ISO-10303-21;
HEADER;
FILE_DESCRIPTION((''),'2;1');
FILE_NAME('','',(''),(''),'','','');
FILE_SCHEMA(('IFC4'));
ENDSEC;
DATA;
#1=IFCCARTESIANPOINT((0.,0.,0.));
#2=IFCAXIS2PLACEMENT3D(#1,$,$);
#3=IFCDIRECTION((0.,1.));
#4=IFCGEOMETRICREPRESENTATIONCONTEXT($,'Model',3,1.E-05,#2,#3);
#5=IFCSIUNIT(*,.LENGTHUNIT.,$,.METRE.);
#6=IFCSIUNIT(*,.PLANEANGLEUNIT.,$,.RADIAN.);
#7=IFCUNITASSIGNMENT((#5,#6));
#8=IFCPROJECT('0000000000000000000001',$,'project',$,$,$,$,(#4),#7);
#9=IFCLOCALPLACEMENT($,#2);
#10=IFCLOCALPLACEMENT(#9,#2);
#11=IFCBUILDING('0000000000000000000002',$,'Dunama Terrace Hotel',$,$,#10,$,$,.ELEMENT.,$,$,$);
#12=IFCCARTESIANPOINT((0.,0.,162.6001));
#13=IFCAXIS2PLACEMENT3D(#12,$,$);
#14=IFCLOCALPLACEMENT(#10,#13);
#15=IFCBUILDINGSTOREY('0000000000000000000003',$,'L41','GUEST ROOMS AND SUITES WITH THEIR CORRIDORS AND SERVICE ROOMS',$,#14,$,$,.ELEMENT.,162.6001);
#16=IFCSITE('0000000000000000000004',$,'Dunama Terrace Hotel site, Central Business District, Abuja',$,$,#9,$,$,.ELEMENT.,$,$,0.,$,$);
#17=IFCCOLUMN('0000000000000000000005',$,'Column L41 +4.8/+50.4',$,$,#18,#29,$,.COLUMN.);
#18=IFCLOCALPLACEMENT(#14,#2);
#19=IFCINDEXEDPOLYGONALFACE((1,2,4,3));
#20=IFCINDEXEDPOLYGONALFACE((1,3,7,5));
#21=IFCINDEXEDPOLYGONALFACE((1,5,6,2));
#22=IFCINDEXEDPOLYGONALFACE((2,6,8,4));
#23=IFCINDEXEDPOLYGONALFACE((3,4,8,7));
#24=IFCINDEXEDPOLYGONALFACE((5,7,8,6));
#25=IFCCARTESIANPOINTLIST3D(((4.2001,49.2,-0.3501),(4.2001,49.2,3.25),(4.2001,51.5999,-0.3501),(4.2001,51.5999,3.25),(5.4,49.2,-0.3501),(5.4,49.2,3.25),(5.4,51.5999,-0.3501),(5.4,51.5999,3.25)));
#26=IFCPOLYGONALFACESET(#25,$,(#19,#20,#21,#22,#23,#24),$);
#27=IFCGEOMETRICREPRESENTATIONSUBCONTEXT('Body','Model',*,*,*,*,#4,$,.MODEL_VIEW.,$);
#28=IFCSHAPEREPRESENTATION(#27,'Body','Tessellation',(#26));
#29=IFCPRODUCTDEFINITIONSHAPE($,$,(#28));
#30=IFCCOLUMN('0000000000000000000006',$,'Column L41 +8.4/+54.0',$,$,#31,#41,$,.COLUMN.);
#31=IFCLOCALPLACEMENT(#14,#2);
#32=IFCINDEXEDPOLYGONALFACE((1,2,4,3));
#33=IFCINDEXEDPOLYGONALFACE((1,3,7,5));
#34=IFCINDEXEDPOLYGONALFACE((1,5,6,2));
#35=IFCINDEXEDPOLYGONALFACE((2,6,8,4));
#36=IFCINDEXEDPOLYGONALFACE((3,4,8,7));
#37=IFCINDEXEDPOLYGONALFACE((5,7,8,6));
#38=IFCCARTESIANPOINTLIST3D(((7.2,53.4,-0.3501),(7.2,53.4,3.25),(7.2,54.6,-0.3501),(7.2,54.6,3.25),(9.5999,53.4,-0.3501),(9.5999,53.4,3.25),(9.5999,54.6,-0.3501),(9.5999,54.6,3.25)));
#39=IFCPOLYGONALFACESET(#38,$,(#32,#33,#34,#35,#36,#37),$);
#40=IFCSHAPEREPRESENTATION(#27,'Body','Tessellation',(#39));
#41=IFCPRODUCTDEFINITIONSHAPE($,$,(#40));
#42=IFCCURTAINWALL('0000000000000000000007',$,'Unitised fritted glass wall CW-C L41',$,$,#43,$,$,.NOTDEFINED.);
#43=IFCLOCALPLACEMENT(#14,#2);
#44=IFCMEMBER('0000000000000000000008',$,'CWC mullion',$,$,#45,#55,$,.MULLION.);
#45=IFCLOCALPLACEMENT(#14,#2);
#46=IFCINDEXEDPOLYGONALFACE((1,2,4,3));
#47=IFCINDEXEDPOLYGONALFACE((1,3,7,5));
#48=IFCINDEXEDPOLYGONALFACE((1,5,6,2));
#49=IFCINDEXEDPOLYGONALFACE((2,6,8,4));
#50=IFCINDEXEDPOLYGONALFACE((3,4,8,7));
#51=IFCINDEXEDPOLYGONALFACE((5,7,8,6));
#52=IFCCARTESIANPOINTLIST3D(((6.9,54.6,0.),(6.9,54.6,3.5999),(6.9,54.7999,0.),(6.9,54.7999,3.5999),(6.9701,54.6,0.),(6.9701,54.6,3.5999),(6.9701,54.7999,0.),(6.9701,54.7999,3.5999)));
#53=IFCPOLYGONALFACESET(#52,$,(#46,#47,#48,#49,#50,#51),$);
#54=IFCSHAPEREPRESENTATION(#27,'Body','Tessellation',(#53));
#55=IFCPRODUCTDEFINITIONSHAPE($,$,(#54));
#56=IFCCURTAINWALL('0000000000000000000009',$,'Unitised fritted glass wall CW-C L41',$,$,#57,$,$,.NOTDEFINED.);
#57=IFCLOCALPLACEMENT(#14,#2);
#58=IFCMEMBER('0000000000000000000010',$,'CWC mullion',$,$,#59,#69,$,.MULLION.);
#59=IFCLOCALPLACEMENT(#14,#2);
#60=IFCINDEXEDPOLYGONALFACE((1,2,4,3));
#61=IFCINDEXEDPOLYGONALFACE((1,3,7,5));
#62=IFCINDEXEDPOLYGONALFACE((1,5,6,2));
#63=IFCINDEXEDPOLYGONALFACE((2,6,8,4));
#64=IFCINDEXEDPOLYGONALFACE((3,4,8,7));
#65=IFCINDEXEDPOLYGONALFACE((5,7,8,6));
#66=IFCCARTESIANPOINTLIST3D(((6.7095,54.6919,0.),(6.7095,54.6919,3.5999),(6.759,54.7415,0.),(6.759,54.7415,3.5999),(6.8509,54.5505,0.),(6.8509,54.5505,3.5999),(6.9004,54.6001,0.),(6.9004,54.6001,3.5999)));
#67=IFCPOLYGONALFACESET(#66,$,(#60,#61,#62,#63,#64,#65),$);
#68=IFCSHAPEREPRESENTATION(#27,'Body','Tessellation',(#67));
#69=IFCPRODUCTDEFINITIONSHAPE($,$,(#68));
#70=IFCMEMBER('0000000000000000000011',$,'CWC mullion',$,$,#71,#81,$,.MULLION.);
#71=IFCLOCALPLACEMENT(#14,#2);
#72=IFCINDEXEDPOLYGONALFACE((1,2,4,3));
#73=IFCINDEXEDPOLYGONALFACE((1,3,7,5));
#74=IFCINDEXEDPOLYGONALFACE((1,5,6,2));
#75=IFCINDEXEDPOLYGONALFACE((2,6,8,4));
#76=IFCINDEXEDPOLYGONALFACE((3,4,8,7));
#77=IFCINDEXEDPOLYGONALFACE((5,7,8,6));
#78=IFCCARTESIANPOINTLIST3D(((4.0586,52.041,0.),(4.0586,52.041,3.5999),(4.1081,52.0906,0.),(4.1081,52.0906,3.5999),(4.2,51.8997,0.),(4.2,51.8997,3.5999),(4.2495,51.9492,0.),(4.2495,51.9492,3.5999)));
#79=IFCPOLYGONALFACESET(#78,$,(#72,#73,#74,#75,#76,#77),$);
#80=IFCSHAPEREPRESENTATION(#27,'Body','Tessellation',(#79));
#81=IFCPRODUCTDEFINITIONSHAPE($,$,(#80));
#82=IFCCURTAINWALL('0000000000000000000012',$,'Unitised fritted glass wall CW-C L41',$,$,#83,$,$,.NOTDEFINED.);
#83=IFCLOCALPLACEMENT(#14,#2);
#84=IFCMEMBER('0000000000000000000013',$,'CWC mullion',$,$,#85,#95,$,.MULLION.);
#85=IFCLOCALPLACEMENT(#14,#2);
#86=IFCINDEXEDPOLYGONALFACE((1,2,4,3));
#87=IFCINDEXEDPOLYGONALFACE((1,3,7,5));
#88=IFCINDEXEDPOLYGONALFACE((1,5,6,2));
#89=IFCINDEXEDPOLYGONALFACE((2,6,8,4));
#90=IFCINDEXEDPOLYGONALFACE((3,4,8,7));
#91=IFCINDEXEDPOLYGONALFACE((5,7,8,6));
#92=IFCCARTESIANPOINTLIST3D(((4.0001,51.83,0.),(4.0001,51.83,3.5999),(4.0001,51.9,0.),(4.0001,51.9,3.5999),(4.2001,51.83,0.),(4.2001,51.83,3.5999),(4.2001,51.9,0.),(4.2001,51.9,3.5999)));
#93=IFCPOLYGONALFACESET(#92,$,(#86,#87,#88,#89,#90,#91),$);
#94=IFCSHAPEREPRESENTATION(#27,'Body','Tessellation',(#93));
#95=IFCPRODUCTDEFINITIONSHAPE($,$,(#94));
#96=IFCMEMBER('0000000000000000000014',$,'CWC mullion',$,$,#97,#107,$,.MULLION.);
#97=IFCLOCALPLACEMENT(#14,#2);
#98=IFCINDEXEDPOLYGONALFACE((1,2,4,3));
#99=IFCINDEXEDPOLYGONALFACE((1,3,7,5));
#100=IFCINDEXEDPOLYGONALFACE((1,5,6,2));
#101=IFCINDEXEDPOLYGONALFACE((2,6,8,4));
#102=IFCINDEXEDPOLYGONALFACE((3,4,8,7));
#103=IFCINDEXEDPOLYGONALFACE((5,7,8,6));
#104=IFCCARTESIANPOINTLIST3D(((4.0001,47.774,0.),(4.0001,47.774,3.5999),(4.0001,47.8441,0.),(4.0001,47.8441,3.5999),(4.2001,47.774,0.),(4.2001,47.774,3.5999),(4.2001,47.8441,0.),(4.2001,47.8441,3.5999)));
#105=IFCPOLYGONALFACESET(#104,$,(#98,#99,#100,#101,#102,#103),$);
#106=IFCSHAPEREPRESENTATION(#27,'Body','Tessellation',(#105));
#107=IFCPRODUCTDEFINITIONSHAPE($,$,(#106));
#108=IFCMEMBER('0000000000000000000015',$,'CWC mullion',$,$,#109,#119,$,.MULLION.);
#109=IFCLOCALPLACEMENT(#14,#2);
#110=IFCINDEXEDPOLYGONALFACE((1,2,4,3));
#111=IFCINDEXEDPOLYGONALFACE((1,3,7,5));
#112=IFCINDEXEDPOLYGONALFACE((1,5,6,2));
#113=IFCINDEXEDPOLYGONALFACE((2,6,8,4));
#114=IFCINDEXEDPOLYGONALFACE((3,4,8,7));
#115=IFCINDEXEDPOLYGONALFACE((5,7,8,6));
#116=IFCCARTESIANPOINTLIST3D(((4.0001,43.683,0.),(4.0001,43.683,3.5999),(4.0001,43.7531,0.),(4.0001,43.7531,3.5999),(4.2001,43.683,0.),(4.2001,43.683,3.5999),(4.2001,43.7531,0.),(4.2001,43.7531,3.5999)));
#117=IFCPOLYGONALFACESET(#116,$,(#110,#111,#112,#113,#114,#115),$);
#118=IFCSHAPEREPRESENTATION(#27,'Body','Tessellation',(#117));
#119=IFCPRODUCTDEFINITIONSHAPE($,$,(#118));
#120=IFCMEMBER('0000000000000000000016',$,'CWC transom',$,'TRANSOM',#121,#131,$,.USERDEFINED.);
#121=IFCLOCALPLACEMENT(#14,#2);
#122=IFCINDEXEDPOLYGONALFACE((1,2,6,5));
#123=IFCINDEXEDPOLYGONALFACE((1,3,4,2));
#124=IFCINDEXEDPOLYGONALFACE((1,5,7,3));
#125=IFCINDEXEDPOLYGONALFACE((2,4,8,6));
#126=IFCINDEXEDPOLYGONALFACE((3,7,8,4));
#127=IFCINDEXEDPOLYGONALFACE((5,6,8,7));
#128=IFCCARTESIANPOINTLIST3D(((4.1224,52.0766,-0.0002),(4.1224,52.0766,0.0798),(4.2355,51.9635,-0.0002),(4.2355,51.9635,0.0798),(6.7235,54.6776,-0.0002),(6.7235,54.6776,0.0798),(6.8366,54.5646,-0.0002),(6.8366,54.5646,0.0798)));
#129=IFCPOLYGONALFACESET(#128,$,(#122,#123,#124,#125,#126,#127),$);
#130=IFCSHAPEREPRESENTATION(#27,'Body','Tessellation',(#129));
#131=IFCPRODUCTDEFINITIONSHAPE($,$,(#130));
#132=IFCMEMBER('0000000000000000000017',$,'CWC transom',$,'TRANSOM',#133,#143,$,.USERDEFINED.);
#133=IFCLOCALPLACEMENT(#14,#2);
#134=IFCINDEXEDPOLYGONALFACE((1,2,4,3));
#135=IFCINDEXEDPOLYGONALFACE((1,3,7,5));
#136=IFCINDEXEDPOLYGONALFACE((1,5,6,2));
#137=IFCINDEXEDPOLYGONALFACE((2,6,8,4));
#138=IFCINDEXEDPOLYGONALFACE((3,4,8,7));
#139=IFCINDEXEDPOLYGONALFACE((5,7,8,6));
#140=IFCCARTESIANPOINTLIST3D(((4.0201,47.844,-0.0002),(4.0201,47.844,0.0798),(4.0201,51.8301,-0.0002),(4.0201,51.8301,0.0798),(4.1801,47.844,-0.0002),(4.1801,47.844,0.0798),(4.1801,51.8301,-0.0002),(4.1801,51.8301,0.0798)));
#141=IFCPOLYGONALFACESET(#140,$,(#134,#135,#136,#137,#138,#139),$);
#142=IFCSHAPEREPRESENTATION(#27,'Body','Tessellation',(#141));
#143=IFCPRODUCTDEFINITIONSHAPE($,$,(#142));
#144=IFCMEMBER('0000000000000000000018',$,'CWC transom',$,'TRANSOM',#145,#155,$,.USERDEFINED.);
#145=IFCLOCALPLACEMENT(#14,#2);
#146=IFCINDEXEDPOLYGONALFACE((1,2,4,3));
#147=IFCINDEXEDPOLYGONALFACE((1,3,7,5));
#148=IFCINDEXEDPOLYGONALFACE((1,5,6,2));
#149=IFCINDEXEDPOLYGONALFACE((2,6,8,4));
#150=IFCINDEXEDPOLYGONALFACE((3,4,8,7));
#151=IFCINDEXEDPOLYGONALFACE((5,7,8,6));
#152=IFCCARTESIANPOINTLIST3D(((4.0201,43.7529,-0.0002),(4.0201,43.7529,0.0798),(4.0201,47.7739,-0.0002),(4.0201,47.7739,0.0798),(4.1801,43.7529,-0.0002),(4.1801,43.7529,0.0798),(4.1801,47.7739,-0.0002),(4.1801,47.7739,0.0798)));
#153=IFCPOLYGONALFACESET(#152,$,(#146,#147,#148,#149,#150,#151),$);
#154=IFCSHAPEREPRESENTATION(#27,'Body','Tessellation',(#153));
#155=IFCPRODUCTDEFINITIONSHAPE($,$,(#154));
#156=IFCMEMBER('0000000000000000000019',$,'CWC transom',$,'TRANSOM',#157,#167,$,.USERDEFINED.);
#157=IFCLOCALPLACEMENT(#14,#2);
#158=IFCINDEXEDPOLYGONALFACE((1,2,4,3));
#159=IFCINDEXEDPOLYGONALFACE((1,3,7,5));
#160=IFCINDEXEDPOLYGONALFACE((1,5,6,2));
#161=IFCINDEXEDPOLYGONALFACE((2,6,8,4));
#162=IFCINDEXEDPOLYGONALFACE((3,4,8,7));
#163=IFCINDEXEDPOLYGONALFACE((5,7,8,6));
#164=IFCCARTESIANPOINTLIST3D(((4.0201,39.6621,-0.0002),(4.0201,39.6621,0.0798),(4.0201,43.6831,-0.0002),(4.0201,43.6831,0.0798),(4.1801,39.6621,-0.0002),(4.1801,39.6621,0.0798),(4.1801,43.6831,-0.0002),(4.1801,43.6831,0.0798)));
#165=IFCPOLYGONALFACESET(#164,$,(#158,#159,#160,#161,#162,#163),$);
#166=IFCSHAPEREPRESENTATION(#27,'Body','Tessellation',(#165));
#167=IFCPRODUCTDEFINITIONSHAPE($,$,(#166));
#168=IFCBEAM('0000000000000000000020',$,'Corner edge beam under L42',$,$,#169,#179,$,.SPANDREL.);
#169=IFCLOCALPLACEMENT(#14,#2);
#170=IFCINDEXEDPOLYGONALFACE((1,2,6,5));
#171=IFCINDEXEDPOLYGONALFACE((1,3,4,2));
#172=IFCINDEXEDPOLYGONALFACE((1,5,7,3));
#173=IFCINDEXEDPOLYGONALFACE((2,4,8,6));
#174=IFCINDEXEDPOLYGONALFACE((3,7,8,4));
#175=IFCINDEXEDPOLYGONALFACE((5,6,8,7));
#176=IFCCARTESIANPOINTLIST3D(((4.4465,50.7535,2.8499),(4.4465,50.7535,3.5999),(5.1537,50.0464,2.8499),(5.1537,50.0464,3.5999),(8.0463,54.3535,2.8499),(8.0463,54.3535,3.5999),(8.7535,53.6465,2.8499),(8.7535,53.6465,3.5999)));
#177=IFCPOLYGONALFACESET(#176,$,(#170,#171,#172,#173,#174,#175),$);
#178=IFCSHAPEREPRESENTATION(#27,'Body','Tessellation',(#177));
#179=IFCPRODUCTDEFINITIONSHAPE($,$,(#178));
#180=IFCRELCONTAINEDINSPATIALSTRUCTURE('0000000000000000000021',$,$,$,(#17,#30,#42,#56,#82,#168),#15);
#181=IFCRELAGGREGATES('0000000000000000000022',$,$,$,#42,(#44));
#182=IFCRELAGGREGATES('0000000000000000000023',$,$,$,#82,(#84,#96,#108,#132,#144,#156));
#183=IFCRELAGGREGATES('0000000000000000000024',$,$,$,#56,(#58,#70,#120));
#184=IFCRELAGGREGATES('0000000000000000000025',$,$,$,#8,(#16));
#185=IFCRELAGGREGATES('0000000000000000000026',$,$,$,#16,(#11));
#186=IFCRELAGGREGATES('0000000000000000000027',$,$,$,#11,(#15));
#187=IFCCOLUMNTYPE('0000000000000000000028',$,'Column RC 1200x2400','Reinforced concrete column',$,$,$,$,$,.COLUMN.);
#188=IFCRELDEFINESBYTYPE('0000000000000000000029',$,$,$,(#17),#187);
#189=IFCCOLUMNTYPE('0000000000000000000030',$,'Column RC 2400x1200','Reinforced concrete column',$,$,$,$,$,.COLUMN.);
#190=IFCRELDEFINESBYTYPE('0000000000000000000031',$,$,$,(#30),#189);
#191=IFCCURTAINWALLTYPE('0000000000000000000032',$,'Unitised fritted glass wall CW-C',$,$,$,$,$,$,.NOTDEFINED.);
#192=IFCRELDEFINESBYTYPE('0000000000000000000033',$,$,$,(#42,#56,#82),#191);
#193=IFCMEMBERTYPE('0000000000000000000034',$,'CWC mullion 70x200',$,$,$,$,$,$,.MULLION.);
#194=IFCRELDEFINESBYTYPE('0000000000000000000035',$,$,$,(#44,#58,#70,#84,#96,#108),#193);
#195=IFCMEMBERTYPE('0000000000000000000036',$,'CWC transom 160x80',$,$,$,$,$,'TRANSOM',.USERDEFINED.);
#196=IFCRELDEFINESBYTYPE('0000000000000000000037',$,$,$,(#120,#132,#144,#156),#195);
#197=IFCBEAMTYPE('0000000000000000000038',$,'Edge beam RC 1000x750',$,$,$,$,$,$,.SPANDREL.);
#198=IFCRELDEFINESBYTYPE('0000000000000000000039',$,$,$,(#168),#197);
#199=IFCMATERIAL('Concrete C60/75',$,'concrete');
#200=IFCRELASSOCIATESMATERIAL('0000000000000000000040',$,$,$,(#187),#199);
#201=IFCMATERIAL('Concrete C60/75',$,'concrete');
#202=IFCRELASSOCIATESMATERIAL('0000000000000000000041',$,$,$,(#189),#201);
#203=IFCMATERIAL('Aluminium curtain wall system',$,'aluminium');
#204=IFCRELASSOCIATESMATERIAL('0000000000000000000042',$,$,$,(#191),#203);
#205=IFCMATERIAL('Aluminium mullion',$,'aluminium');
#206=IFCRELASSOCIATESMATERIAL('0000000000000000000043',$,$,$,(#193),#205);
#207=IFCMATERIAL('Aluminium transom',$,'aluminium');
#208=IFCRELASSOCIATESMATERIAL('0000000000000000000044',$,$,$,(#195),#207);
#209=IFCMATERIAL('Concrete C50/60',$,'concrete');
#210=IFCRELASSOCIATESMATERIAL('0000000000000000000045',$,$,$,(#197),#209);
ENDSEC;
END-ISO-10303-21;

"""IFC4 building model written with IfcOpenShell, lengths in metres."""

from ifc_helpers import new_model, si_unit, direction, frame, origin, origin_2d, place, context, subcontext, project, spatial, rectangle, extrude, material, material_profile, profile_set, type_object, element, aggregate, save


model = new_model("IFC4")

# Units and contexts
model_context = context("Model", 3, precision=1e-05, world=origin(), true_north=direction((0.0, 1.0)))
body_context = subcontext(model_context, "Body", "Model", "MODEL_VIEW")
ifc_project = project(units=[si_unit("LENGTHUNIT", "METRE"), si_unit("PLANEANGLEUNIT", "RADIAN")], contexts=[model_context])

# Site, building, storey
site_placement = place(None, origin())
site = spatial("IfcSite", under=ifc_project, at=site_placement, Name="Dunama Terrace Hotel site, Central Business District, Abuja", CompositionType="ELEMENT", RefElevation=0.0)
building_placement = place(site_placement, origin())
building = spatial("IfcBuilding", under=site, at=building_placement, Name="Dunama Terrace Hotel", CompositionType="ELEMENT")
storey_placement = place(building_placement, frame((0.0, 0.0, 162.6001)))
storey = spatial("IfcBuildingStorey", under=building, at=storey_placement, Name="L41", Description="GUEST ROOMS AND SUITES WITH THEIR CORRIDORS AND SERVICE ROOMS", CompositionType="ELEMENT", Elevation=162.6001)

# Columns
ifc_material_1 = material(Name="Concrete C60/75", Category="concrete")
ifc_material_profile_1 = material_profile(ifc_material_1, rectangle(XDim=1.2, YDim=2.3999, at=origin_2d()), Name="RC 1200x2400")
ifc_profile_set_1 = profile_set([ifc_material_profile_1], Name="Concrete C60/75")
column_type_1 = type_object("IfcColumnType", Name="Column RC 1200x2400", Description="Reinforced concrete column", PredefinedType="COLUMN", material=ifc_profile_set_1)
column_1_placement = place(storey_placement, frame((4.8, 50.3999, -0.3501), z_axis=(0.0, 0.0, 1.0), x_axis=(1.0, 0.0, 0.0)))
element("IfcColumn", 1, at=column_1_placement, inside=storey, type_object=column_type_1, Name="Column L41 +4.8/+50.4", PredefinedType="COLUMN", context=body_context, shape_type="SweptSolid", body=[
    extrude(rectangle(XDim=1.2, YDim=2.3999, at=origin_2d()), origin(), (0.0, 0.0, 1.0), 3.6001),
])
ifc_material_2 = material(Name="Concrete C60/75", Category="concrete")
ifc_material_profile_2 = material_profile(ifc_material_2, rectangle(XDim=2.3999, YDim=1.2, at=origin_2d()), Name="RC 2400x1200")
ifc_profile_set_2 = profile_set([ifc_material_profile_2], Name="Concrete C60/75")
column_type_2 = type_object("IfcColumnType", Name="Column RC 2400x1200", Description="Reinforced concrete column", PredefinedType="COLUMN", material=ifc_profile_set_2)
column_2_placement = place(storey_placement, frame((8.3999, 54.0, -0.3501), z_axis=(0.0, 0.0, 1.0), x_axis=(1.0, 0.0, 0.0)))
element("IfcColumn", 2, at=column_2_placement, inside=storey, type_object=column_type_2, Name="Column L41 +8.4/+54.0", PredefinedType="COLUMN", context=body_context, shape_type="SweptSolid", body=[
    extrude(rectangle(XDim=2.3999, YDim=1.2, at=origin_2d()), origin(), (0.0, 0.0, 1.0), 3.6001),
])

# Curtain wall, member
ifc_material_3 = material(Name="Aluminium curtain wall system", Category="aluminium")
curtain_wall_type = type_object("IfcCurtainWallType", Name="Unitised fritted glass wall CW-C", PredefinedType="NOTDEFINED", material=ifc_material_3)
curtain_wall_1_placement = place(storey_placement, origin())
curtain_wall_1 = element("IfcCurtainWall", 3, at=curtain_wall_1_placement, inside=storey, type_object=curtain_wall_type, Name="Unitised fritted glass wall CW-C L41", PredefinedType="NOTDEFINED")
ifc_material_4 = material(Name="Aluminium mullion", Category="aluminium")
ifc_material_profile_3 = material_profile(ifc_material_4, rectangle(XDim=0.0701, YDim=0.2, at=origin_2d()), Name="CWC MULLION 70X200")
ifc_profile_set_3 = profile_set([ifc_material_profile_3], Name="Aluminium mullion")
member_type_1 = type_object("IfcMemberType", Name="CWC mullion 70x200", PredefinedType="MULLION", material=ifc_profile_set_3)
member_1_placement = place(storey_placement, frame((6.9351, 54.7, 0.0), z_axis=(0.0, 0.0, 1.0), x_axis=(-1.0, 0.0, 0.0)))
member_1 = element("IfcMember", 4, at=member_1_placement, type_object=member_type_1, Name="CWC mullion", PredefinedType="MULLION", context=body_context, shape_type="SweptSolid", body=[
    extrude(rectangle(XDim=0.0701, YDim=0.2, at=origin_2d()), origin(), (0.0, 0.0, 1.0), 3.5999),
])
aggregate(curtain_wall_1, [member_1])

# Curtain walls, members
curtain_wall_2_placement = place(storey_placement, origin())
curtain_wall_2 = element("IfcCurtainWall", 5, at=curtain_wall_2_placement, inside=storey, type_object=curtain_wall_type, Name="Unitised fritted glass wall CW-C L41", PredefinedType="NOTDEFINED")
member_2_placement = place(storey_placement, frame((6.8049, 54.646, 0.0), z_axis=(0.0, 0.0, 1.0), x_axis=(-0.707107, -0.707107, 0.0)))
member_2 = element("IfcMember", 6, at=member_2_placement, type_object=member_type_1, Name="CWC mullion", PredefinedType="MULLION", context=body_context, shape_type="SweptSolid", body=[
    extrude(rectangle(XDim=0.0701, YDim=0.2, at=origin_2d()), origin(), (0.0, 0.0, 1.0), 3.5999),
])
member_3_placement = place(storey_placement, frame((4.1541, 51.9951, 0.0), z_axis=(0.0, 0.0, 1.0), x_axis=(-0.707107, -0.707107, 0.0)))
member_3 = element("IfcMember", 7, at=member_3_placement, type_object=member_type_1, Name="CWC mullion", PredefinedType="MULLION", context=body_context, shape_type="SweptSolid", body=[
    extrude(rectangle(XDim=0.0701, YDim=0.2, at=origin_2d()), origin(), (0.0, 0.0, 1.0), 3.5999),
])
curtain_wall_3_placement = place(storey_placement, origin())
curtain_wall_3 = element("IfcCurtainWall", 8, at=curtain_wall_3_placement, inside=storey, type_object=curtain_wall_type, Name="Unitised fritted glass wall CW-C L41", PredefinedType="NOTDEFINED")
member_4_placement = place(storey_placement, frame((4.1001, 51.865, 0.0), z_axis=(0.0, 0.0, 1.0), x_axis=(0.0, -1.0, 0.0)))
member_4 = element("IfcMember", 9, at=member_4_placement, type_object=member_type_1, Name="CWC mullion", PredefinedType="MULLION", context=body_context, shape_type="SweptSolid", body=[
    extrude(rectangle(XDim=0.0701, YDim=0.2, at=origin_2d()), origin(), (0.0, 0.0, 1.0), 3.5999),
])
member_5_placement = place(storey_placement, frame((4.1001, 47.8091, 0.0), z_axis=(0.0, 0.0, 1.0), x_axis=(0.0, -1.0, 0.0)))
member_5 = element("IfcMember", 10, at=member_5_placement, type_object=member_type_1, Name="CWC mullion", PredefinedType="MULLION", context=body_context, shape_type="SweptSolid", body=[
    extrude(rectangle(XDim=0.0701, YDim=0.2, at=origin_2d()), origin(), (0.0, 0.0, 1.0), 3.5999),
])
member_6_placement = place(storey_placement, frame((4.1001, 43.718, 0.0), z_axis=(0.0, 0.0, 1.0), x_axis=(0.0, -1.0, 0.0)))
member_6 = element("IfcMember", 11, at=member_6_placement, type_object=member_type_1, Name="CWC mullion", PredefinedType="MULLION", context=body_context, shape_type="SweptSolid", body=[
    extrude(rectangle(XDim=0.0701, YDim=0.2, at=origin_2d()), origin(), (0.0, 0.0, 1.0), 3.5999),
])

# Members
ifc_material_5 = material(Name="Aluminium transom", Category="aluminium")
ifc_material_profile_4 = material_profile(ifc_material_5, rectangle(XDim=0.1599, YDim=0.0801, at=origin_2d()), Name="CWC TRANSOM 160X80")
ifc_profile_set_4 = profile_set([ifc_material_profile_4], Name="Aluminium transom")
member_type_2 = type_object("IfcMemberType", Name="CWC transom 160x80", ElementType="TRANSOM", PredefinedType="USERDEFINED", material=ifc_profile_set_4)
member_7_placement = place(storey_placement, frame((6.78, 54.6211, 0.0398), z_axis=(-0.707107, -0.707107, 0.0), x_axis=(0.707107, -0.707107, 0.0)))
member_7 = element("IfcMember", 12, at=member_7_placement, type_object=member_type_2, Name="CWC transom", ObjectType="TRANSOM", PredefinedType="USERDEFINED", context=body_context, shape_type="SweptSolid", body=[
    extrude(rectangle(XDim=0.1599, YDim=0.0801, at=origin_2d()), origin(), (0.0, 0.0, 1.0), 3.6785),
])
member_8_placement = place(storey_placement, frame((4.1001, 51.8301, 0.0398), z_axis=(0.0, -1.0, 0.0), x_axis=(1.0, 0.0, 0.0)))
member_8 = element("IfcMember", 13, at=member_8_placement, type_object=member_type_2, Name="CWC transom", ObjectType="TRANSOM", PredefinedType="USERDEFINED", context=body_context, shape_type="SweptSolid", body=[
    extrude(rectangle(XDim=0.1599, YDim=0.0801, at=origin_2d()), origin(), (0.0, 0.0, 1.0), 3.9861),
])
member_9_placement = place(storey_placement, frame((4.1001, 47.7739, 0.0398), z_axis=(0.0, -1.0, 0.0), x_axis=(1.0, 0.0, 0.0)))
member_9 = element("IfcMember", 14, at=member_9_placement, type_object=member_type_2, Name="CWC transom", ObjectType="TRANSOM", PredefinedType="USERDEFINED", context=body_context, shape_type="SweptSolid", body=[
    extrude(rectangle(XDim=0.1599, YDim=0.0801, at=origin_2d()), origin(), (0.0, 0.0, 1.0), 4.021),
])
member_10_placement = place(storey_placement, frame((4.1001, 43.6831, 0.0398), z_axis=(0.0, -1.0, 0.0), x_axis=(1.0, 0.0, 0.0)))
member_10 = element("IfcMember", 15, at=member_10_placement, type_object=member_type_2, Name="CWC transom", ObjectType="TRANSOM", PredefinedType="USERDEFINED", context=body_context, shape_type="SweptSolid", body=[
    extrude(rectangle(XDim=0.1599, YDim=0.0801, at=origin_2d()), origin(), (0.0, 0.0, 1.0), 4.021),
])

# Beam
ifc_material_6 = material(Name="Concrete C50/60", Category="concrete")
ifc_material_profile_5 = material_profile(ifc_material_6, rectangle(XDim=1.0, YDim=0.75, at=origin_2d()), Name="RC 1000x750")
ifc_profile_set_5 = profile_set([ifc_material_profile_5], Name="Concrete C50/60")
beam_type_1 = type_object("IfcBeamType", Name="Edge beam RC 1000x750", PredefinedType="SPANDREL", material=ifc_profile_set_5)
beam_1_placement = place(storey_placement, frame((8.3999, 54.0, 3.2249), z_axis=(-0.707083, -0.707131, 0.0), x_axis=(0.707131, -0.707083, 0.0)))
element("IfcBeam", 16, at=beam_1_placement, inside=storey, type_object=beam_type_1, Name="Corner edge beam under L42", PredefinedType="SPANDREL", context=body_context, shape_type="SweptSolid", body=[
    extrude(rectangle(XDim=1.0, YDim=0.75, at=origin_2d()), origin(), (0.0, 0.0, 1.0), 5.0911),
])

aggregate(curtain_wall_3, [member_4, member_5, member_6, member_8, member_9, member_10])
aggregate(curtain_wall_2, [member_2, member_3, member_7])

save(model, "model.ifc")
